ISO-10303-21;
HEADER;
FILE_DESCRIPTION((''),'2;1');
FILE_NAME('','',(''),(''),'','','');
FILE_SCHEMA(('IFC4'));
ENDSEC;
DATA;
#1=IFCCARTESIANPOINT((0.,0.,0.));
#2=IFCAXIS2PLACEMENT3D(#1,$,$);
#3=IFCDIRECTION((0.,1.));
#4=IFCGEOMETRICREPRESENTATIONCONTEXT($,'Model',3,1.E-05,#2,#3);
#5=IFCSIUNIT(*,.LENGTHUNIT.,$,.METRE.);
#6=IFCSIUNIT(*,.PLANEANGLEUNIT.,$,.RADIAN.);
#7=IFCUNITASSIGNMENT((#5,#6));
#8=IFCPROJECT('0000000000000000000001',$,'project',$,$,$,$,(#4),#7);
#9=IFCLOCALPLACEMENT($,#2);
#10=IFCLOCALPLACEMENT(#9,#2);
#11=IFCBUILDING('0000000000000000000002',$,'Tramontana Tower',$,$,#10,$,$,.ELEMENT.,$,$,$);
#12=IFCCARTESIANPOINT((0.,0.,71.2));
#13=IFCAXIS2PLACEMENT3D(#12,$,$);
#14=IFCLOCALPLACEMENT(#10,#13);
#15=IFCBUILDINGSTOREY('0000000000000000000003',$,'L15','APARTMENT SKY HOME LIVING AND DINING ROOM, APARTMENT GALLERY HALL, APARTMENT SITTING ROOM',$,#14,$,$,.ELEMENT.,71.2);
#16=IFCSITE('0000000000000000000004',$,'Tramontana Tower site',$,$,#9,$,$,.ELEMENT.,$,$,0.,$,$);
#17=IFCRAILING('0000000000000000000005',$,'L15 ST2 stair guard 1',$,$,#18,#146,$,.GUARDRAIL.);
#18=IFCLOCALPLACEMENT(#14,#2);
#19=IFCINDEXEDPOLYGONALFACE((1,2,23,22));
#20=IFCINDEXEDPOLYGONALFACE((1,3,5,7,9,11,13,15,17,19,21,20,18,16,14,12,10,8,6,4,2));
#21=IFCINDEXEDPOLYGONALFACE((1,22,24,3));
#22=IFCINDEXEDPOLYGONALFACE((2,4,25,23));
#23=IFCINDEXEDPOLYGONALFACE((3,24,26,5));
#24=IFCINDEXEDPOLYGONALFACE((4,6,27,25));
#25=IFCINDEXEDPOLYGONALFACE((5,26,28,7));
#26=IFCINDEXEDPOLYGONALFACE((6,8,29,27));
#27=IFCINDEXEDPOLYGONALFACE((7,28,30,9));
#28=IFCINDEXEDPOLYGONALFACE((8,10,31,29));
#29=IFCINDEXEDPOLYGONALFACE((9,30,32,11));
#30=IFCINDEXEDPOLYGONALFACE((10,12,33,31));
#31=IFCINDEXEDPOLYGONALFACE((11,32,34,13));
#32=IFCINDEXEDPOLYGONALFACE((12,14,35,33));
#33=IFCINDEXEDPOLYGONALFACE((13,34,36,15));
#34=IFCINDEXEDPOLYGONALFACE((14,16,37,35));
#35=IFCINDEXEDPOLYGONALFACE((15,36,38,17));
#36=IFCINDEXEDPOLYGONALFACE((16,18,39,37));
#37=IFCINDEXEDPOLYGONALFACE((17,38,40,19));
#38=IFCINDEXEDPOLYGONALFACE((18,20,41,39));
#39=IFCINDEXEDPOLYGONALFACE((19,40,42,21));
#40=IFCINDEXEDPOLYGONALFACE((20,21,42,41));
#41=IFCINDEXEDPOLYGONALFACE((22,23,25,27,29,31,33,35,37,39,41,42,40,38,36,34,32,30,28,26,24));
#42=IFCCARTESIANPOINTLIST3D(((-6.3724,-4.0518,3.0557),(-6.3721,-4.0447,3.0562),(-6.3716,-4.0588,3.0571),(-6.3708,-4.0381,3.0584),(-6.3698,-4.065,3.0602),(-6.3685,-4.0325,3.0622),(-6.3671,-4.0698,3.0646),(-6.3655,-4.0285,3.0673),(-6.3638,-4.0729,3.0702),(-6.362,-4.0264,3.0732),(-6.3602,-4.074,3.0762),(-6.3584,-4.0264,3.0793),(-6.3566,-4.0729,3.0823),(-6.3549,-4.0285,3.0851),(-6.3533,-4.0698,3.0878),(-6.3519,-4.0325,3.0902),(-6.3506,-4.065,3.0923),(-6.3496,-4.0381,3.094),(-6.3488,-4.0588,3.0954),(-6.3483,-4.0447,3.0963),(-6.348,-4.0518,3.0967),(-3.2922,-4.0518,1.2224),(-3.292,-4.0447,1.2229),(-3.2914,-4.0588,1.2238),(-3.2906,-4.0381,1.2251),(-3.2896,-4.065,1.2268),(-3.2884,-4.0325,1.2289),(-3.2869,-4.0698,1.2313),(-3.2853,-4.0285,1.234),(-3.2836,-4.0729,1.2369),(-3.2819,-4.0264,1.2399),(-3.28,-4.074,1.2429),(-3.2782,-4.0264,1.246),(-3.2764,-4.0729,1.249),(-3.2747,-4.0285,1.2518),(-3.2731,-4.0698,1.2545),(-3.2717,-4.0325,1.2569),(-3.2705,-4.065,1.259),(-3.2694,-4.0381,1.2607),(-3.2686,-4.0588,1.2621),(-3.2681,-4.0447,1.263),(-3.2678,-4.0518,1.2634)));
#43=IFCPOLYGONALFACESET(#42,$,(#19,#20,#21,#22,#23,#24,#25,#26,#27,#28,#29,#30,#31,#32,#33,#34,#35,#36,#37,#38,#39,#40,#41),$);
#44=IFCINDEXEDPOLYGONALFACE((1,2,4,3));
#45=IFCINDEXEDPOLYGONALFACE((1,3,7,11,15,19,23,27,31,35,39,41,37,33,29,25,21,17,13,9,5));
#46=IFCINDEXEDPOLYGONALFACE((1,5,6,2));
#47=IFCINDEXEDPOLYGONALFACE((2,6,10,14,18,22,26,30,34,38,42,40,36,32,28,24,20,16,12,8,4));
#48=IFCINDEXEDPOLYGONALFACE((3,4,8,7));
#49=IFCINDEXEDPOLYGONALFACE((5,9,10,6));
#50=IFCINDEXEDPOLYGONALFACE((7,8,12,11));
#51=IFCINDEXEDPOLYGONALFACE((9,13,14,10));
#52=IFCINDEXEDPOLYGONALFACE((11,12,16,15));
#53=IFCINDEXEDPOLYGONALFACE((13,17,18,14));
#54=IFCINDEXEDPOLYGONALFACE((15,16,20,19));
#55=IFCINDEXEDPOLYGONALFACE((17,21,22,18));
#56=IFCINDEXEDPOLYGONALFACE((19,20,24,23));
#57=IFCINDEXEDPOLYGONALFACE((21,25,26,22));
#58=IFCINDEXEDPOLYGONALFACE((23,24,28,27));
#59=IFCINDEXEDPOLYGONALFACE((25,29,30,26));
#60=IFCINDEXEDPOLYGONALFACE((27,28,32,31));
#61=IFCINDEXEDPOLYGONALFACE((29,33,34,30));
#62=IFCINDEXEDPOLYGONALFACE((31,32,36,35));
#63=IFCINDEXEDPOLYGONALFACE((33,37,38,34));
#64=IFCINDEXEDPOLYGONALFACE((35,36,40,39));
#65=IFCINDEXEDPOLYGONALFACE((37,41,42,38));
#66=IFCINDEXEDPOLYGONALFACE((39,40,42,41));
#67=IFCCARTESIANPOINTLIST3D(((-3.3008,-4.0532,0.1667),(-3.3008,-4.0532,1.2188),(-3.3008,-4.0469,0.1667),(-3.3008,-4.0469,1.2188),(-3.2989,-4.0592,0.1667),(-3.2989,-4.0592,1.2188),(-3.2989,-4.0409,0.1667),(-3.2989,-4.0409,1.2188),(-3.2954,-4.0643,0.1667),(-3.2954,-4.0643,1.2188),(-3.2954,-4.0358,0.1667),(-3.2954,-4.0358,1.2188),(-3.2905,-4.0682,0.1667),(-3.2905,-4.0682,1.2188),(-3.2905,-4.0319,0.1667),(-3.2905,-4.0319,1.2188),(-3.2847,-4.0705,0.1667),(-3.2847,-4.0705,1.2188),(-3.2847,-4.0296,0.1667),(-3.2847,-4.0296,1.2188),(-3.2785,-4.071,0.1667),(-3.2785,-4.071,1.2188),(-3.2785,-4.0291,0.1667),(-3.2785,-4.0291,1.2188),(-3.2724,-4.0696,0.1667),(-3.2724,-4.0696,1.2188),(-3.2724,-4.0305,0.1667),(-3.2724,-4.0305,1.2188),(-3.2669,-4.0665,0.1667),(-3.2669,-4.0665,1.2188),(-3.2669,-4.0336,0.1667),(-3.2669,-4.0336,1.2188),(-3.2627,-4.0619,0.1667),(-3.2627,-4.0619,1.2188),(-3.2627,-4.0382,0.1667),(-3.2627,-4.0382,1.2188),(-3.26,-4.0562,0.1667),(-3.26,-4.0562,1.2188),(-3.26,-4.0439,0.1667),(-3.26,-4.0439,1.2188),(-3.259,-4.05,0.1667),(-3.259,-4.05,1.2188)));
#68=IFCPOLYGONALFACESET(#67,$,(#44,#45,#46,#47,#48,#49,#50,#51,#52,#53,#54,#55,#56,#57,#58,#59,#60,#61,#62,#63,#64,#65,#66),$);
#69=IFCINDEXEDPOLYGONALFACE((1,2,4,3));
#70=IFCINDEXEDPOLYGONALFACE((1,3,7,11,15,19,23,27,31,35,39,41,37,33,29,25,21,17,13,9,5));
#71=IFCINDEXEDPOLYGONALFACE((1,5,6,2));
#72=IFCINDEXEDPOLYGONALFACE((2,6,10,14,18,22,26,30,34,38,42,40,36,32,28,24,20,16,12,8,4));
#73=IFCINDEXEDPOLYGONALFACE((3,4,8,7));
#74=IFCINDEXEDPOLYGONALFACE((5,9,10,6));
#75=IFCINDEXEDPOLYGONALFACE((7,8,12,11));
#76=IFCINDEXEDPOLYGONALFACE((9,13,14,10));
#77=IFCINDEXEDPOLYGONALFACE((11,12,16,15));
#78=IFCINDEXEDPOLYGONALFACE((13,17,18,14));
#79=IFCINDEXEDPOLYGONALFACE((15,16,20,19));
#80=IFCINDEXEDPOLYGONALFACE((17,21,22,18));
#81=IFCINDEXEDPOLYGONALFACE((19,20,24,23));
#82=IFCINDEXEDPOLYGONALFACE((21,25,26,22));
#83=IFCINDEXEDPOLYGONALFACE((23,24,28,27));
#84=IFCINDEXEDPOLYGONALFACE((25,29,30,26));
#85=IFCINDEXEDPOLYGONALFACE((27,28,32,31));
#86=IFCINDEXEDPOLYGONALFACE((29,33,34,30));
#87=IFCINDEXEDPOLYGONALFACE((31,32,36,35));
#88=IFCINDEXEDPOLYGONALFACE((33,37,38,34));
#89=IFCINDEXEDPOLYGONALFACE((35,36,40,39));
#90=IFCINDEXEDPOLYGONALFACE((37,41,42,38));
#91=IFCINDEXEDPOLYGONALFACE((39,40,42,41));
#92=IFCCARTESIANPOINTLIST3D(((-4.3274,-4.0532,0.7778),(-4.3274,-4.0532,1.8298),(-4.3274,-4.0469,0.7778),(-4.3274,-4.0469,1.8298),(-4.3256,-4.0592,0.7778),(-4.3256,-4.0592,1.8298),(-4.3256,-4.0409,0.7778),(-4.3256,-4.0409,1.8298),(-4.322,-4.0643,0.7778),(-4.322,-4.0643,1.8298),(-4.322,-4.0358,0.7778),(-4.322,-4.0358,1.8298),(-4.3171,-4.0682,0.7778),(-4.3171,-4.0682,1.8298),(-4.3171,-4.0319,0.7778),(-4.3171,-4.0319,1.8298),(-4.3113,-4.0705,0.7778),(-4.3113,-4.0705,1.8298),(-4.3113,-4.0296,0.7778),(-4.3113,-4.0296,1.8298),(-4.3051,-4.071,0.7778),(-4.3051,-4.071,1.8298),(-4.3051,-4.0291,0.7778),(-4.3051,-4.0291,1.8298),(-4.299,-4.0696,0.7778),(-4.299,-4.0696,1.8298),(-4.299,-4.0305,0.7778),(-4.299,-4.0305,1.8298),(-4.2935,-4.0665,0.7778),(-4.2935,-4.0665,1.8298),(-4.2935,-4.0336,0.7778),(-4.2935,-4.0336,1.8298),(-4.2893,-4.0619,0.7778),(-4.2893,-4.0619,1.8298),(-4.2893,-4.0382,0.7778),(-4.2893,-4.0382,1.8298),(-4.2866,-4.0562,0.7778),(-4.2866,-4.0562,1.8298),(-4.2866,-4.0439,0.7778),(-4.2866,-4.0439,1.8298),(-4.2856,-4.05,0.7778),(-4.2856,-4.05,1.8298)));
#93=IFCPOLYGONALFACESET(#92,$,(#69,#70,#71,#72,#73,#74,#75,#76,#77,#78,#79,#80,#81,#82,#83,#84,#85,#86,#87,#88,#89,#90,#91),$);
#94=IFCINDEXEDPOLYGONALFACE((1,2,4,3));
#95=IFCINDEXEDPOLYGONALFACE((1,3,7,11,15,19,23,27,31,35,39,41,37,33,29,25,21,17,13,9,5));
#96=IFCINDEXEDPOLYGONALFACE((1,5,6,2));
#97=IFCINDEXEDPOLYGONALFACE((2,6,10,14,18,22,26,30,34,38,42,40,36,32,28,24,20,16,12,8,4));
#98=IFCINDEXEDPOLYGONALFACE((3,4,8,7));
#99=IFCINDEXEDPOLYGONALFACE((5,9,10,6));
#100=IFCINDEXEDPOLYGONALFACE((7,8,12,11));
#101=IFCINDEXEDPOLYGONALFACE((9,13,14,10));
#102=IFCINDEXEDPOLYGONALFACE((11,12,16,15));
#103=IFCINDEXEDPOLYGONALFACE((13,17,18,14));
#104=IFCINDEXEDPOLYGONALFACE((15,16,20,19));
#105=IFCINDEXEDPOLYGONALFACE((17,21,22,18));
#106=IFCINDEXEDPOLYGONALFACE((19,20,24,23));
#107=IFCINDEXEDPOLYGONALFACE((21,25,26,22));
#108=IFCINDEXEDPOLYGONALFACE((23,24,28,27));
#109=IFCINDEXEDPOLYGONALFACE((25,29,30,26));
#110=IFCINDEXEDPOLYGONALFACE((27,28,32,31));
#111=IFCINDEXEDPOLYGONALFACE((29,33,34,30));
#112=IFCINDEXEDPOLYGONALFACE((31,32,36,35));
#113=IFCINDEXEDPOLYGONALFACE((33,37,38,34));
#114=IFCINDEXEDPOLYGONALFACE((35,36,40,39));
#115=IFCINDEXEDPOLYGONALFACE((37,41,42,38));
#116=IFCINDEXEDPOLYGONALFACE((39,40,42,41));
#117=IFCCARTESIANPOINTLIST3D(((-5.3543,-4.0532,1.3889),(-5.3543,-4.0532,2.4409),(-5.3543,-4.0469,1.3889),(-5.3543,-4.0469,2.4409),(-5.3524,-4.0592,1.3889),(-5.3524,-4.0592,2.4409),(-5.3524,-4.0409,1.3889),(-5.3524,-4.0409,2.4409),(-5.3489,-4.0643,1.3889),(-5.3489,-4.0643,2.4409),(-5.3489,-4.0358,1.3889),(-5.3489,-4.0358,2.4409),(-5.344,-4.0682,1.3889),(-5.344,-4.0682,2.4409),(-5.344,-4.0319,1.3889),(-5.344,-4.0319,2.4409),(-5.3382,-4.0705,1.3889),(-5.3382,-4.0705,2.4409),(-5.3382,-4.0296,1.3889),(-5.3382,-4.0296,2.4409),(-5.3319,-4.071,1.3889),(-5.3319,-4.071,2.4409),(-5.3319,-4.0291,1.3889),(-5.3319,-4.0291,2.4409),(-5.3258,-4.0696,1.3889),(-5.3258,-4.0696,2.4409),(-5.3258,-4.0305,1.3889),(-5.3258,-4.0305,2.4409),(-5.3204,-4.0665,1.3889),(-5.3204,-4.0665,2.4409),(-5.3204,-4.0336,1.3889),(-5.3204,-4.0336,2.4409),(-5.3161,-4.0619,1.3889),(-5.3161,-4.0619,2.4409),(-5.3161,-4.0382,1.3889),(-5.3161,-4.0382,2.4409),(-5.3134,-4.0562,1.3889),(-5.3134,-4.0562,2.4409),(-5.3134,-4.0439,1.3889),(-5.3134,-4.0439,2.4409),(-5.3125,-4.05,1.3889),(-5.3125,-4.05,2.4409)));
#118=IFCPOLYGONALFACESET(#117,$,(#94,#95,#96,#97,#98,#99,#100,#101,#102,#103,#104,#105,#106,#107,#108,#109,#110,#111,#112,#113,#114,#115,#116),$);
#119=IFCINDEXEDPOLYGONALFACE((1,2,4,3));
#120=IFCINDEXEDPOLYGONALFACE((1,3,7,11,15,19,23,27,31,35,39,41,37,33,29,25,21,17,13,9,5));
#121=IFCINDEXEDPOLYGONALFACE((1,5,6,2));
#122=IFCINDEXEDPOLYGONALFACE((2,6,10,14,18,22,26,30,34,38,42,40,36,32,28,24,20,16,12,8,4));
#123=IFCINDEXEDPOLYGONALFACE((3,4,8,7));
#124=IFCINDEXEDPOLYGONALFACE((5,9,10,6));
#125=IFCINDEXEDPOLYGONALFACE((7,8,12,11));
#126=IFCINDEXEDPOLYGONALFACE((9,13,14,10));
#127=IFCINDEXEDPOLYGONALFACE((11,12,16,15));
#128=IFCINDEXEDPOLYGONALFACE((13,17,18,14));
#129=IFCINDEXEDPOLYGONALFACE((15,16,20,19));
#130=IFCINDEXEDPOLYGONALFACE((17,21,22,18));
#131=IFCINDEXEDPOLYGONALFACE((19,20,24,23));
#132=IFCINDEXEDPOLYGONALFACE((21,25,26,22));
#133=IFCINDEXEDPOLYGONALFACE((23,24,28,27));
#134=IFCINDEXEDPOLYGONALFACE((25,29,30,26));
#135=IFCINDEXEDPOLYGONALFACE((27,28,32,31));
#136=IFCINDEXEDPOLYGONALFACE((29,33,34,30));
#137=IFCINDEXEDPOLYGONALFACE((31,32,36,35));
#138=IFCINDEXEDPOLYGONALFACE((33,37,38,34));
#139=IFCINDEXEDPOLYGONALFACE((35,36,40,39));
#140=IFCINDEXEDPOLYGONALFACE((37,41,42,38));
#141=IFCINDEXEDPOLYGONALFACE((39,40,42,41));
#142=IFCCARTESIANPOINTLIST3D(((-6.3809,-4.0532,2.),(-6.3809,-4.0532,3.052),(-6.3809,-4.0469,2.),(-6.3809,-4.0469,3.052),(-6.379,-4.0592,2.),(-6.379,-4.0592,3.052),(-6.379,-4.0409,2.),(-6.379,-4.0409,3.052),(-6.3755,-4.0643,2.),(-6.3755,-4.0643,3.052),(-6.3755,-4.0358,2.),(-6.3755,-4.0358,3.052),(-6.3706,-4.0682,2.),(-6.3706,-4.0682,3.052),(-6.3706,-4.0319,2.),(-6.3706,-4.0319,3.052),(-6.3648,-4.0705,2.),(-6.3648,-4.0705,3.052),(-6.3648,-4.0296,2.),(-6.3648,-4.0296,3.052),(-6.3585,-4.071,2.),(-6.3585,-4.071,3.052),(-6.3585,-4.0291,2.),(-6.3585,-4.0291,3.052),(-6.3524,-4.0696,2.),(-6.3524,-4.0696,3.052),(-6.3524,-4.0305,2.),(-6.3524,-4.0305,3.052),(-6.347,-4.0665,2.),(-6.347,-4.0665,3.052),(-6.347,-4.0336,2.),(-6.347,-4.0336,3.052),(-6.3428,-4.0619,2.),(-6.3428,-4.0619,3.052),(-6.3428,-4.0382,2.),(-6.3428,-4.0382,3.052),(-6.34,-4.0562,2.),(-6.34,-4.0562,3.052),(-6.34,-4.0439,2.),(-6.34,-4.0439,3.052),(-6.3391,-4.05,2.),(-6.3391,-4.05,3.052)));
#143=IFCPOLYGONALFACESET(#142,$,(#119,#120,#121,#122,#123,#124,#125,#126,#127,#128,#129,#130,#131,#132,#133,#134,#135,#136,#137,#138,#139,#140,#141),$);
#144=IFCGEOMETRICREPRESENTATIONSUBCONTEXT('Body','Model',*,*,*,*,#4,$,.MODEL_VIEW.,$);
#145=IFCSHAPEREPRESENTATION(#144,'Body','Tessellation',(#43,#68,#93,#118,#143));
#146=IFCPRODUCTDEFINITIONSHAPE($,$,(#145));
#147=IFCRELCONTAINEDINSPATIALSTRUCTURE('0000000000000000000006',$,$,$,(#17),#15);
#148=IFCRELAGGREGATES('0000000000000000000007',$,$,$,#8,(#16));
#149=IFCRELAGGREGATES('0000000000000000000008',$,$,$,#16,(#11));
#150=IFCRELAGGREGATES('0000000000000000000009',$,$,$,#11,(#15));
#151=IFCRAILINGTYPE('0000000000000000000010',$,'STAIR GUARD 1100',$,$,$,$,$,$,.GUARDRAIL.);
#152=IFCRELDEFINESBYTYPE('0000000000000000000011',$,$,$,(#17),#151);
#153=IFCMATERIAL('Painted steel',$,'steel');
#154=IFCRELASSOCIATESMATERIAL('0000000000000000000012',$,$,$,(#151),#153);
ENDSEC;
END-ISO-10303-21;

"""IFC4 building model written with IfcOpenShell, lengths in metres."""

from ifc_helpers import new_model, si_unit, direction, frame, origin, origin_2d, place, context, subcontext, project, spatial, circle, extrude, material, type_object, element, save


model = new_model("IFC4")

# Units and contexts
model_context = context("Model", 3, precision=1e-05, world=origin(), true_north=direction((0.0, 1.0)))
body_context = subcontext(model_context, "Body", "Model", "MODEL_VIEW")
ifc_project = project(units=[si_unit("LENGTHUNIT", "METRE"), si_unit("PLANEANGLEUNIT", "RADIAN")], contexts=[model_context])

# Site, building, storey
site_placement = place(None, origin())
site = spatial("IfcSite", under=ifc_project, at=site_placement, Name="Tramontana Tower site", CompositionType="ELEMENT", RefElevation=0.0)
building_placement = place(site_placement, origin())
building = spatial("IfcBuilding", under=site, at=building_placement, Name="Tramontana Tower", CompositionType="ELEMENT")
storey_placement = place(building_placement, frame((0.0, 0.0, 71.2)))
storey = spatial("IfcBuildingStorey", under=building, at=storey_placement, Name="L15", Description="APARTMENT SKY HOME LIVING AND DINING ROOM, APARTMENT GALLERY HALL, APARTMENT SITTING ROOM", CompositionType="ELEMENT", Elevation=71.2)

# Railing
ifc_material_1 = material(Name="Painted steel", Category="steel")
railing_type_1 = type_object("IfcRailingType", Name="STAIR GUARD 1100", PredefinedType="GUARDRAIL", material=ifc_material_1)
railing_1_placement = place(storey_placement, frame((-3.28, -4.05, 0.1667)))
element("IfcRailing", 1, at=railing_1_placement, inside=storey, type_object=railing_type_1, Name="L15 ST2 stair guard 1", PredefinedType="GUARDRAIL", context=body_context, shape_type="SweptSolid", body=[
    extrude(circle(Radius=0.0239, at=origin_2d()), frame((0.0, 0.0, 1.0762), z_axis=(-0.859309, 0.0, 0.511458), x_axis=(0.0, -1.0, 0.0)), (0.0, 0.0, 1.0), 3.5845),
    extrude(circle(Radius=0.021, at=origin_2d()), origin(), (0.0, 0.0, 1.0), 1.052),
    extrude(circle(Radius=0.021, at=origin_2d()), frame((-1.0266, 0.0, 0.6111)), (0.0, 0.0, 1.0), 1.052),
    extrude(circle(Radius=0.021, at=origin_2d()), frame((-2.0535, 0.0, 1.2222)), (0.0, 0.0, 1.0), 1.052),
    extrude(circle(Radius=0.021, at=origin_2d()), frame((-3.0801, 0.0, 1.8333)), (0.0, 0.0, 1.0), 1.052),
])

save(model, "model.ifc")
